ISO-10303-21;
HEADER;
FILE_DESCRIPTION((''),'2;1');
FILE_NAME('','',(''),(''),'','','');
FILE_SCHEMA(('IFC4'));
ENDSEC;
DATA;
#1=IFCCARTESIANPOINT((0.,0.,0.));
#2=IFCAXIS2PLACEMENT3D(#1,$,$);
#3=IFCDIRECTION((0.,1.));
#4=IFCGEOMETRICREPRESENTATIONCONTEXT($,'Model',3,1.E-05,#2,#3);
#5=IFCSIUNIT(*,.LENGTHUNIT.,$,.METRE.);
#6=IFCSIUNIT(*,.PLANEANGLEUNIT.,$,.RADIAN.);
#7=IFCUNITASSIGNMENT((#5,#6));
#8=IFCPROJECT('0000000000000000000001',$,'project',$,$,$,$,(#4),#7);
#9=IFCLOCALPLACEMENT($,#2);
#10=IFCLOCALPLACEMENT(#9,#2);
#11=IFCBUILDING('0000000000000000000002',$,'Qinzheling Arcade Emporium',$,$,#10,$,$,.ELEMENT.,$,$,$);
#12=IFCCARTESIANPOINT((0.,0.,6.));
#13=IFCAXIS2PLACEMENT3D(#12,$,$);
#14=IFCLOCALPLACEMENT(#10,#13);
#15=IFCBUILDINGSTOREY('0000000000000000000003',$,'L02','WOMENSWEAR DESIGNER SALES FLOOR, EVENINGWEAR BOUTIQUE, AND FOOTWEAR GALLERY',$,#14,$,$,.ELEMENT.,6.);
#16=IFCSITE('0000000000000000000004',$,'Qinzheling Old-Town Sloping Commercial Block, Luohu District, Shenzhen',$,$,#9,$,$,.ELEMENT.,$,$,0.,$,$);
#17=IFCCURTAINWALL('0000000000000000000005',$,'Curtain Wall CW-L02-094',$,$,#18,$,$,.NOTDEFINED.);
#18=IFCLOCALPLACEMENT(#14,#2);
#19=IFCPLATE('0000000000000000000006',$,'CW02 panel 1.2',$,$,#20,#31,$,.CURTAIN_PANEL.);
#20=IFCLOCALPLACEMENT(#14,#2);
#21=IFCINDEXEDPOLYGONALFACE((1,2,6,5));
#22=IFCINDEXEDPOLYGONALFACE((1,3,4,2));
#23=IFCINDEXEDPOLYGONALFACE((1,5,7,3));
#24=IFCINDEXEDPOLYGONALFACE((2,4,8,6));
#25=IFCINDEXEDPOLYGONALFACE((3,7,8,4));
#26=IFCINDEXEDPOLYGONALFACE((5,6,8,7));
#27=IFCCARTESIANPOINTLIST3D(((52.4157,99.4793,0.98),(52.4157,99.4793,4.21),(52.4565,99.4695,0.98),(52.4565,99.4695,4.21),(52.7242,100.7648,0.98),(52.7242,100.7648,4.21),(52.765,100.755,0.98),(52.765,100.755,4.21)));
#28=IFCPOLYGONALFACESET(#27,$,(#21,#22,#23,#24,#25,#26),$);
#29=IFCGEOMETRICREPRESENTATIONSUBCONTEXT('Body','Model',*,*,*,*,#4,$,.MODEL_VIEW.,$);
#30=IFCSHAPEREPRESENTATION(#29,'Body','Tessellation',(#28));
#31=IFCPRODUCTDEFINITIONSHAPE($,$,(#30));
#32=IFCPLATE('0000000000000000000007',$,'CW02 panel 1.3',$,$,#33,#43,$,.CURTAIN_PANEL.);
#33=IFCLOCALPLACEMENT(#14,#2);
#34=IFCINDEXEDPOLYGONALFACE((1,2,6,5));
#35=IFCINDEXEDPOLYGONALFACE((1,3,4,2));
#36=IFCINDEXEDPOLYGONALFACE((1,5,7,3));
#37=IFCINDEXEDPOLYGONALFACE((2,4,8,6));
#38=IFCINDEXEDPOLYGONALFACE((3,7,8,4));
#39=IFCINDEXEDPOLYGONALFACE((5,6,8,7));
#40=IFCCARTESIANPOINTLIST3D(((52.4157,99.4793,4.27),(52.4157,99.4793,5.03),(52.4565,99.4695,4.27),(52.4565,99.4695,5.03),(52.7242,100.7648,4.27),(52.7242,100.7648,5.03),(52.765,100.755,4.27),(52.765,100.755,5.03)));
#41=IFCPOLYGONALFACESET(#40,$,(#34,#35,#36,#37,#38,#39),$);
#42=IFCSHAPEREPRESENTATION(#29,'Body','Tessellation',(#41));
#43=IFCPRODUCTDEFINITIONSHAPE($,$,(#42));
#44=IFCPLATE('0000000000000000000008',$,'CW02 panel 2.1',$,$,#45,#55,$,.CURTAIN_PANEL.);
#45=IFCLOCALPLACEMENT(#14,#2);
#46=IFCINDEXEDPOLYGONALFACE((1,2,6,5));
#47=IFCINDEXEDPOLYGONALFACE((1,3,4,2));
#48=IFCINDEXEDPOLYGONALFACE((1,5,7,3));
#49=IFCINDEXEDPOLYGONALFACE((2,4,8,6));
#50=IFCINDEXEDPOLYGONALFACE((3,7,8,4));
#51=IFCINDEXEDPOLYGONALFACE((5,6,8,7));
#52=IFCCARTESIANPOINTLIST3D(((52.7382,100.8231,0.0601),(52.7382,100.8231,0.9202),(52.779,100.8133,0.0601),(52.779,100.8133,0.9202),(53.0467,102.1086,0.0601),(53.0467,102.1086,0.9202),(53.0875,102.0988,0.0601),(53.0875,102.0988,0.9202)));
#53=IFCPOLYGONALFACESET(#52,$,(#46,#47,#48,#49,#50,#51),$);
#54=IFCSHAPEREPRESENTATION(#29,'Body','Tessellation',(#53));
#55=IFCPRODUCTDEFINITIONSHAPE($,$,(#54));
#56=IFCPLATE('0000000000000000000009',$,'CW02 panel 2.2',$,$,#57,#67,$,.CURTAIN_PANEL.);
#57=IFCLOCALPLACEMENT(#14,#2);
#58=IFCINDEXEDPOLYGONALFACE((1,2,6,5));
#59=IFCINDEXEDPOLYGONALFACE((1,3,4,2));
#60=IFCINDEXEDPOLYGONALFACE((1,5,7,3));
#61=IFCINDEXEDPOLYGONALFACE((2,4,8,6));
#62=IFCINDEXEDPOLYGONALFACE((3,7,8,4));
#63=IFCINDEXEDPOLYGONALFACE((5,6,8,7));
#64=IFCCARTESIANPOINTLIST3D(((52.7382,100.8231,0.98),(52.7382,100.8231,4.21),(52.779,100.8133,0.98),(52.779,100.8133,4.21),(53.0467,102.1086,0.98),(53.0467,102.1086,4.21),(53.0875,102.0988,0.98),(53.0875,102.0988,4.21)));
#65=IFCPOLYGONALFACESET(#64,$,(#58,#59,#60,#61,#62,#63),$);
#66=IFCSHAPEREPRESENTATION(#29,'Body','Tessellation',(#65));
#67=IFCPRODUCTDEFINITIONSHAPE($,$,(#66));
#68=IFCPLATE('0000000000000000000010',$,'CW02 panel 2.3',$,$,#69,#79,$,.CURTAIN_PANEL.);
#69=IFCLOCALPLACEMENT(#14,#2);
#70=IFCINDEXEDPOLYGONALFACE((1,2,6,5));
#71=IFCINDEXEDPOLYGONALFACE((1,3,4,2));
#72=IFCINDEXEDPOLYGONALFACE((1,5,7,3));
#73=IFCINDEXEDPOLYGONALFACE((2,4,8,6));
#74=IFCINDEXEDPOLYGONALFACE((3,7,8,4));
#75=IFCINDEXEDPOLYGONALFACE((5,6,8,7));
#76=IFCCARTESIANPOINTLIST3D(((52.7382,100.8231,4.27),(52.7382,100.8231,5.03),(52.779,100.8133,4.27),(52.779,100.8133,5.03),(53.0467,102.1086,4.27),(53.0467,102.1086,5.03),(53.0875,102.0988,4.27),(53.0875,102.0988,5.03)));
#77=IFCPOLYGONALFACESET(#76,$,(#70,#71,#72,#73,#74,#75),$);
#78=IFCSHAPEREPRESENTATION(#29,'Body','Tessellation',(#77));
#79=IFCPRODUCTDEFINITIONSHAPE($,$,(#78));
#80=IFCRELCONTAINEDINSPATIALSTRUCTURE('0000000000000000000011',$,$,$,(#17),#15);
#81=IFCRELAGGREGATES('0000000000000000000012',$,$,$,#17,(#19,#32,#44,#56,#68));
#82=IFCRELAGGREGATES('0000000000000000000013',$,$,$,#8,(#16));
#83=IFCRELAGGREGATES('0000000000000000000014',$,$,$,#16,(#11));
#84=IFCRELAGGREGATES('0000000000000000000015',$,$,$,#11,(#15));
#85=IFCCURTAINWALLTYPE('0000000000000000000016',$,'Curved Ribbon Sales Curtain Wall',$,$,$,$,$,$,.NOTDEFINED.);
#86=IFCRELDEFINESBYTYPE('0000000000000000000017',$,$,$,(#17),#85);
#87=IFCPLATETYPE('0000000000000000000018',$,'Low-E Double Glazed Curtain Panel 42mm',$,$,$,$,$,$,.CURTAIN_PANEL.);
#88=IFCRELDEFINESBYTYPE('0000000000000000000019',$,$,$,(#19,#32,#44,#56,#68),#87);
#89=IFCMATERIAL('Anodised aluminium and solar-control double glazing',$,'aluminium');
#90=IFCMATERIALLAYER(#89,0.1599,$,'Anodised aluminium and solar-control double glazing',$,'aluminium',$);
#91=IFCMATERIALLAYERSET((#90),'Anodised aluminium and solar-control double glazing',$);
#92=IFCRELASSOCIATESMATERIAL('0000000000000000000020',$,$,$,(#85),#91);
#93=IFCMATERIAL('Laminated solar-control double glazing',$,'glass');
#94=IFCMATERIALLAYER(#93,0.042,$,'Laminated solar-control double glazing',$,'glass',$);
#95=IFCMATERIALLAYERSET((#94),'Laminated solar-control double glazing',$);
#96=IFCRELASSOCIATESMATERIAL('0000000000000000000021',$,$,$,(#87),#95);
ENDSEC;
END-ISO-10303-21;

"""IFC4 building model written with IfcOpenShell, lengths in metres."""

from ifc_helpers import new_model, si_unit, direction, frame, origin, origin_2d, place, context, subcontext, project, spatial, rectangle, extrude, material, layer, layer_set, type_object, element, aggregate, save


model = new_model("IFC4")

# Units and contexts
model_context = context("Model", 3, precision=1e-05, world=origin(), true_north=direction((0.0, 1.0)))
body_context = subcontext(model_context, "Body", "Model", "MODEL_VIEW")
ifc_project = project(units=[si_unit("LENGTHUNIT", "METRE"), si_unit("PLANEANGLEUNIT", "RADIAN")], contexts=[model_context])

# Site, building, storey
site_placement = place(None, origin())
site = spatial("IfcSite", under=ifc_project, at=site_placement, Name="Qinzheling Old-Town Sloping Commercial Block, Luohu District, Shenzhen", CompositionType="ELEMENT", RefElevation=0.0)
building_placement = place(site_placement, origin())
building = spatial("IfcBuilding", under=site, at=building_placement, Name="Qinzheling Arcade Emporium", CompositionType="ELEMENT")
storey_placement = place(building_placement, frame((0.0, 0.0, 6.0)))
storey = spatial("IfcBuildingStorey", under=building, at=storey_placement, Name="L02", Description="WOMENSWEAR DESIGNER SALES FLOOR, EVENINGWEAR BOUTIQUE, AND FOOTWEAR GALLERY", CompositionType="ELEMENT", Elevation=6.0)

# Curtain wall
ifc_material_1 = material(Name="Anodised aluminium and solar-control double glazing", Category="aluminium")
ifc_layer_1 = layer(ifc_material_1, 0.1599, Name="Anodised aluminium and solar-control double glazing", Category="aluminium")
ifc_layer_set_1 = layer_set([ifc_layer_1], Name="Anodised aluminium and solar-control double glazing")
curtain_wall_type = type_object("IfcCurtainWallType", Name="Curved Ribbon Sales Curtain Wall", PredefinedType="NOTDEFINED", material=ifc_layer_set_1)
curtain_wall_1_placement = place(storey_placement, origin())
curtain_wall_1 = element("IfcCurtainWall", 1, at=curtain_wall_1_placement, inside=storey, type_object=curtain_wall_type, Name="Curtain Wall CW-L02-094", PredefinedType="NOTDEFINED")

# Plates
ifc_material_2 = material(Name="Laminated solar-control double glazing", Category="glass")
ifc_layer_2 = layer(ifc_material_2, 0.042, Name="Laminated solar-control double glazing", Category="glass")
ifc_layer_set_2 = layer_set([ifc_layer_2], Name="Laminated solar-control double glazing")
plate_type_1 = type_object("IfcPlateType", Name="Low-E Double Glazed Curtain Panel 42mm", PredefinedType="CURTAIN_PANEL", material=ifc_layer_set_2)
plate_1_placement = place(storey_placement, frame((52.5903, 100.1172, 0.98), z_axis=(0.0, 0.0, 1.0), x_axis=(0.23336, 0.972391, 0.0)))
plate_1 = element("IfcPlate", 2, at=plate_1_placement, type_object=plate_type_1, Name="CW02 panel 1.2", PredefinedType="CURTAIN_PANEL", context=body_context, shape_type="SweptSolid", body=[
    extrude(rectangle(XDim=1.322, YDim=0.042, at=origin_2d()), origin(), (0.0, 0.0, 1.0), 3.23),
])
plate_2_placement = place(storey_placement, frame((52.5903, 100.1172, 4.27), z_axis=(0.0, 0.0, 1.0), x_axis=(0.23336, 0.972391, 0.0)))
plate_2 = element("IfcPlate", 3, at=plate_2_placement, type_object=plate_type_1, Name="CW02 panel 1.3", PredefinedType="CURTAIN_PANEL", context=body_context, shape_type="SweptSolid", body=[
    extrude(rectangle(XDim=1.322, YDim=0.042, at=origin_2d()), origin(), (0.0, 0.0, 1.0), 0.76),
])
plate_3_placement = place(storey_placement, frame((52.9128, 101.4609, 0.0601), z_axis=(0.0, 0.0, 1.0), x_axis=(0.23336, 0.972391, 0.0)))
plate_3 = element("IfcPlate", 4, at=plate_3_placement, type_object=plate_type_1, Name="CW02 panel 2.1", PredefinedType="CURTAIN_PANEL", context=body_context, shape_type="SweptSolid", body=[
    extrude(rectangle(XDim=1.322, YDim=0.042, at=origin_2d()), origin(), (0.0, 0.0, 1.0), 0.8601),
])
plate_4_placement = place(storey_placement, frame((52.9128, 101.4609, 0.98), z_axis=(0.0, 0.0, 1.0), x_axis=(0.23336, 0.972391, 0.0)))
plate_4 = element("IfcPlate", 5, at=plate_4_placement, type_object=plate_type_1, Name="CW02 panel 2.2", PredefinedType="CURTAIN_PANEL", context=body_context, shape_type="SweptSolid", body=[
    extrude(rectangle(XDim=1.322, YDim=0.042, at=origin_2d()), origin(), (0.0, 0.0, 1.0), 3.23),
])
plate_5_placement = place(storey_placement, frame((52.9128, 101.4609, 4.27), z_axis=(0.0, 0.0, 1.0), x_axis=(0.23336, 0.972391, 0.0)))
plate_5 = element("IfcPlate", 6, at=plate_5_placement, type_object=plate_type_1, Name="CW02 panel 2.3", PredefinedType="CURTAIN_PANEL", context=body_context, shape_type="SweptSolid", body=[
    extrude(rectangle(XDim=1.322, YDim=0.042, at=origin_2d()), origin(), (0.0, 0.0, 1.0), 0.76),
])
aggregate(curtain_wall_1, [plate_1, plate_2, plate_3, plate_4, plate_5])

save(model, "model.ifc")
